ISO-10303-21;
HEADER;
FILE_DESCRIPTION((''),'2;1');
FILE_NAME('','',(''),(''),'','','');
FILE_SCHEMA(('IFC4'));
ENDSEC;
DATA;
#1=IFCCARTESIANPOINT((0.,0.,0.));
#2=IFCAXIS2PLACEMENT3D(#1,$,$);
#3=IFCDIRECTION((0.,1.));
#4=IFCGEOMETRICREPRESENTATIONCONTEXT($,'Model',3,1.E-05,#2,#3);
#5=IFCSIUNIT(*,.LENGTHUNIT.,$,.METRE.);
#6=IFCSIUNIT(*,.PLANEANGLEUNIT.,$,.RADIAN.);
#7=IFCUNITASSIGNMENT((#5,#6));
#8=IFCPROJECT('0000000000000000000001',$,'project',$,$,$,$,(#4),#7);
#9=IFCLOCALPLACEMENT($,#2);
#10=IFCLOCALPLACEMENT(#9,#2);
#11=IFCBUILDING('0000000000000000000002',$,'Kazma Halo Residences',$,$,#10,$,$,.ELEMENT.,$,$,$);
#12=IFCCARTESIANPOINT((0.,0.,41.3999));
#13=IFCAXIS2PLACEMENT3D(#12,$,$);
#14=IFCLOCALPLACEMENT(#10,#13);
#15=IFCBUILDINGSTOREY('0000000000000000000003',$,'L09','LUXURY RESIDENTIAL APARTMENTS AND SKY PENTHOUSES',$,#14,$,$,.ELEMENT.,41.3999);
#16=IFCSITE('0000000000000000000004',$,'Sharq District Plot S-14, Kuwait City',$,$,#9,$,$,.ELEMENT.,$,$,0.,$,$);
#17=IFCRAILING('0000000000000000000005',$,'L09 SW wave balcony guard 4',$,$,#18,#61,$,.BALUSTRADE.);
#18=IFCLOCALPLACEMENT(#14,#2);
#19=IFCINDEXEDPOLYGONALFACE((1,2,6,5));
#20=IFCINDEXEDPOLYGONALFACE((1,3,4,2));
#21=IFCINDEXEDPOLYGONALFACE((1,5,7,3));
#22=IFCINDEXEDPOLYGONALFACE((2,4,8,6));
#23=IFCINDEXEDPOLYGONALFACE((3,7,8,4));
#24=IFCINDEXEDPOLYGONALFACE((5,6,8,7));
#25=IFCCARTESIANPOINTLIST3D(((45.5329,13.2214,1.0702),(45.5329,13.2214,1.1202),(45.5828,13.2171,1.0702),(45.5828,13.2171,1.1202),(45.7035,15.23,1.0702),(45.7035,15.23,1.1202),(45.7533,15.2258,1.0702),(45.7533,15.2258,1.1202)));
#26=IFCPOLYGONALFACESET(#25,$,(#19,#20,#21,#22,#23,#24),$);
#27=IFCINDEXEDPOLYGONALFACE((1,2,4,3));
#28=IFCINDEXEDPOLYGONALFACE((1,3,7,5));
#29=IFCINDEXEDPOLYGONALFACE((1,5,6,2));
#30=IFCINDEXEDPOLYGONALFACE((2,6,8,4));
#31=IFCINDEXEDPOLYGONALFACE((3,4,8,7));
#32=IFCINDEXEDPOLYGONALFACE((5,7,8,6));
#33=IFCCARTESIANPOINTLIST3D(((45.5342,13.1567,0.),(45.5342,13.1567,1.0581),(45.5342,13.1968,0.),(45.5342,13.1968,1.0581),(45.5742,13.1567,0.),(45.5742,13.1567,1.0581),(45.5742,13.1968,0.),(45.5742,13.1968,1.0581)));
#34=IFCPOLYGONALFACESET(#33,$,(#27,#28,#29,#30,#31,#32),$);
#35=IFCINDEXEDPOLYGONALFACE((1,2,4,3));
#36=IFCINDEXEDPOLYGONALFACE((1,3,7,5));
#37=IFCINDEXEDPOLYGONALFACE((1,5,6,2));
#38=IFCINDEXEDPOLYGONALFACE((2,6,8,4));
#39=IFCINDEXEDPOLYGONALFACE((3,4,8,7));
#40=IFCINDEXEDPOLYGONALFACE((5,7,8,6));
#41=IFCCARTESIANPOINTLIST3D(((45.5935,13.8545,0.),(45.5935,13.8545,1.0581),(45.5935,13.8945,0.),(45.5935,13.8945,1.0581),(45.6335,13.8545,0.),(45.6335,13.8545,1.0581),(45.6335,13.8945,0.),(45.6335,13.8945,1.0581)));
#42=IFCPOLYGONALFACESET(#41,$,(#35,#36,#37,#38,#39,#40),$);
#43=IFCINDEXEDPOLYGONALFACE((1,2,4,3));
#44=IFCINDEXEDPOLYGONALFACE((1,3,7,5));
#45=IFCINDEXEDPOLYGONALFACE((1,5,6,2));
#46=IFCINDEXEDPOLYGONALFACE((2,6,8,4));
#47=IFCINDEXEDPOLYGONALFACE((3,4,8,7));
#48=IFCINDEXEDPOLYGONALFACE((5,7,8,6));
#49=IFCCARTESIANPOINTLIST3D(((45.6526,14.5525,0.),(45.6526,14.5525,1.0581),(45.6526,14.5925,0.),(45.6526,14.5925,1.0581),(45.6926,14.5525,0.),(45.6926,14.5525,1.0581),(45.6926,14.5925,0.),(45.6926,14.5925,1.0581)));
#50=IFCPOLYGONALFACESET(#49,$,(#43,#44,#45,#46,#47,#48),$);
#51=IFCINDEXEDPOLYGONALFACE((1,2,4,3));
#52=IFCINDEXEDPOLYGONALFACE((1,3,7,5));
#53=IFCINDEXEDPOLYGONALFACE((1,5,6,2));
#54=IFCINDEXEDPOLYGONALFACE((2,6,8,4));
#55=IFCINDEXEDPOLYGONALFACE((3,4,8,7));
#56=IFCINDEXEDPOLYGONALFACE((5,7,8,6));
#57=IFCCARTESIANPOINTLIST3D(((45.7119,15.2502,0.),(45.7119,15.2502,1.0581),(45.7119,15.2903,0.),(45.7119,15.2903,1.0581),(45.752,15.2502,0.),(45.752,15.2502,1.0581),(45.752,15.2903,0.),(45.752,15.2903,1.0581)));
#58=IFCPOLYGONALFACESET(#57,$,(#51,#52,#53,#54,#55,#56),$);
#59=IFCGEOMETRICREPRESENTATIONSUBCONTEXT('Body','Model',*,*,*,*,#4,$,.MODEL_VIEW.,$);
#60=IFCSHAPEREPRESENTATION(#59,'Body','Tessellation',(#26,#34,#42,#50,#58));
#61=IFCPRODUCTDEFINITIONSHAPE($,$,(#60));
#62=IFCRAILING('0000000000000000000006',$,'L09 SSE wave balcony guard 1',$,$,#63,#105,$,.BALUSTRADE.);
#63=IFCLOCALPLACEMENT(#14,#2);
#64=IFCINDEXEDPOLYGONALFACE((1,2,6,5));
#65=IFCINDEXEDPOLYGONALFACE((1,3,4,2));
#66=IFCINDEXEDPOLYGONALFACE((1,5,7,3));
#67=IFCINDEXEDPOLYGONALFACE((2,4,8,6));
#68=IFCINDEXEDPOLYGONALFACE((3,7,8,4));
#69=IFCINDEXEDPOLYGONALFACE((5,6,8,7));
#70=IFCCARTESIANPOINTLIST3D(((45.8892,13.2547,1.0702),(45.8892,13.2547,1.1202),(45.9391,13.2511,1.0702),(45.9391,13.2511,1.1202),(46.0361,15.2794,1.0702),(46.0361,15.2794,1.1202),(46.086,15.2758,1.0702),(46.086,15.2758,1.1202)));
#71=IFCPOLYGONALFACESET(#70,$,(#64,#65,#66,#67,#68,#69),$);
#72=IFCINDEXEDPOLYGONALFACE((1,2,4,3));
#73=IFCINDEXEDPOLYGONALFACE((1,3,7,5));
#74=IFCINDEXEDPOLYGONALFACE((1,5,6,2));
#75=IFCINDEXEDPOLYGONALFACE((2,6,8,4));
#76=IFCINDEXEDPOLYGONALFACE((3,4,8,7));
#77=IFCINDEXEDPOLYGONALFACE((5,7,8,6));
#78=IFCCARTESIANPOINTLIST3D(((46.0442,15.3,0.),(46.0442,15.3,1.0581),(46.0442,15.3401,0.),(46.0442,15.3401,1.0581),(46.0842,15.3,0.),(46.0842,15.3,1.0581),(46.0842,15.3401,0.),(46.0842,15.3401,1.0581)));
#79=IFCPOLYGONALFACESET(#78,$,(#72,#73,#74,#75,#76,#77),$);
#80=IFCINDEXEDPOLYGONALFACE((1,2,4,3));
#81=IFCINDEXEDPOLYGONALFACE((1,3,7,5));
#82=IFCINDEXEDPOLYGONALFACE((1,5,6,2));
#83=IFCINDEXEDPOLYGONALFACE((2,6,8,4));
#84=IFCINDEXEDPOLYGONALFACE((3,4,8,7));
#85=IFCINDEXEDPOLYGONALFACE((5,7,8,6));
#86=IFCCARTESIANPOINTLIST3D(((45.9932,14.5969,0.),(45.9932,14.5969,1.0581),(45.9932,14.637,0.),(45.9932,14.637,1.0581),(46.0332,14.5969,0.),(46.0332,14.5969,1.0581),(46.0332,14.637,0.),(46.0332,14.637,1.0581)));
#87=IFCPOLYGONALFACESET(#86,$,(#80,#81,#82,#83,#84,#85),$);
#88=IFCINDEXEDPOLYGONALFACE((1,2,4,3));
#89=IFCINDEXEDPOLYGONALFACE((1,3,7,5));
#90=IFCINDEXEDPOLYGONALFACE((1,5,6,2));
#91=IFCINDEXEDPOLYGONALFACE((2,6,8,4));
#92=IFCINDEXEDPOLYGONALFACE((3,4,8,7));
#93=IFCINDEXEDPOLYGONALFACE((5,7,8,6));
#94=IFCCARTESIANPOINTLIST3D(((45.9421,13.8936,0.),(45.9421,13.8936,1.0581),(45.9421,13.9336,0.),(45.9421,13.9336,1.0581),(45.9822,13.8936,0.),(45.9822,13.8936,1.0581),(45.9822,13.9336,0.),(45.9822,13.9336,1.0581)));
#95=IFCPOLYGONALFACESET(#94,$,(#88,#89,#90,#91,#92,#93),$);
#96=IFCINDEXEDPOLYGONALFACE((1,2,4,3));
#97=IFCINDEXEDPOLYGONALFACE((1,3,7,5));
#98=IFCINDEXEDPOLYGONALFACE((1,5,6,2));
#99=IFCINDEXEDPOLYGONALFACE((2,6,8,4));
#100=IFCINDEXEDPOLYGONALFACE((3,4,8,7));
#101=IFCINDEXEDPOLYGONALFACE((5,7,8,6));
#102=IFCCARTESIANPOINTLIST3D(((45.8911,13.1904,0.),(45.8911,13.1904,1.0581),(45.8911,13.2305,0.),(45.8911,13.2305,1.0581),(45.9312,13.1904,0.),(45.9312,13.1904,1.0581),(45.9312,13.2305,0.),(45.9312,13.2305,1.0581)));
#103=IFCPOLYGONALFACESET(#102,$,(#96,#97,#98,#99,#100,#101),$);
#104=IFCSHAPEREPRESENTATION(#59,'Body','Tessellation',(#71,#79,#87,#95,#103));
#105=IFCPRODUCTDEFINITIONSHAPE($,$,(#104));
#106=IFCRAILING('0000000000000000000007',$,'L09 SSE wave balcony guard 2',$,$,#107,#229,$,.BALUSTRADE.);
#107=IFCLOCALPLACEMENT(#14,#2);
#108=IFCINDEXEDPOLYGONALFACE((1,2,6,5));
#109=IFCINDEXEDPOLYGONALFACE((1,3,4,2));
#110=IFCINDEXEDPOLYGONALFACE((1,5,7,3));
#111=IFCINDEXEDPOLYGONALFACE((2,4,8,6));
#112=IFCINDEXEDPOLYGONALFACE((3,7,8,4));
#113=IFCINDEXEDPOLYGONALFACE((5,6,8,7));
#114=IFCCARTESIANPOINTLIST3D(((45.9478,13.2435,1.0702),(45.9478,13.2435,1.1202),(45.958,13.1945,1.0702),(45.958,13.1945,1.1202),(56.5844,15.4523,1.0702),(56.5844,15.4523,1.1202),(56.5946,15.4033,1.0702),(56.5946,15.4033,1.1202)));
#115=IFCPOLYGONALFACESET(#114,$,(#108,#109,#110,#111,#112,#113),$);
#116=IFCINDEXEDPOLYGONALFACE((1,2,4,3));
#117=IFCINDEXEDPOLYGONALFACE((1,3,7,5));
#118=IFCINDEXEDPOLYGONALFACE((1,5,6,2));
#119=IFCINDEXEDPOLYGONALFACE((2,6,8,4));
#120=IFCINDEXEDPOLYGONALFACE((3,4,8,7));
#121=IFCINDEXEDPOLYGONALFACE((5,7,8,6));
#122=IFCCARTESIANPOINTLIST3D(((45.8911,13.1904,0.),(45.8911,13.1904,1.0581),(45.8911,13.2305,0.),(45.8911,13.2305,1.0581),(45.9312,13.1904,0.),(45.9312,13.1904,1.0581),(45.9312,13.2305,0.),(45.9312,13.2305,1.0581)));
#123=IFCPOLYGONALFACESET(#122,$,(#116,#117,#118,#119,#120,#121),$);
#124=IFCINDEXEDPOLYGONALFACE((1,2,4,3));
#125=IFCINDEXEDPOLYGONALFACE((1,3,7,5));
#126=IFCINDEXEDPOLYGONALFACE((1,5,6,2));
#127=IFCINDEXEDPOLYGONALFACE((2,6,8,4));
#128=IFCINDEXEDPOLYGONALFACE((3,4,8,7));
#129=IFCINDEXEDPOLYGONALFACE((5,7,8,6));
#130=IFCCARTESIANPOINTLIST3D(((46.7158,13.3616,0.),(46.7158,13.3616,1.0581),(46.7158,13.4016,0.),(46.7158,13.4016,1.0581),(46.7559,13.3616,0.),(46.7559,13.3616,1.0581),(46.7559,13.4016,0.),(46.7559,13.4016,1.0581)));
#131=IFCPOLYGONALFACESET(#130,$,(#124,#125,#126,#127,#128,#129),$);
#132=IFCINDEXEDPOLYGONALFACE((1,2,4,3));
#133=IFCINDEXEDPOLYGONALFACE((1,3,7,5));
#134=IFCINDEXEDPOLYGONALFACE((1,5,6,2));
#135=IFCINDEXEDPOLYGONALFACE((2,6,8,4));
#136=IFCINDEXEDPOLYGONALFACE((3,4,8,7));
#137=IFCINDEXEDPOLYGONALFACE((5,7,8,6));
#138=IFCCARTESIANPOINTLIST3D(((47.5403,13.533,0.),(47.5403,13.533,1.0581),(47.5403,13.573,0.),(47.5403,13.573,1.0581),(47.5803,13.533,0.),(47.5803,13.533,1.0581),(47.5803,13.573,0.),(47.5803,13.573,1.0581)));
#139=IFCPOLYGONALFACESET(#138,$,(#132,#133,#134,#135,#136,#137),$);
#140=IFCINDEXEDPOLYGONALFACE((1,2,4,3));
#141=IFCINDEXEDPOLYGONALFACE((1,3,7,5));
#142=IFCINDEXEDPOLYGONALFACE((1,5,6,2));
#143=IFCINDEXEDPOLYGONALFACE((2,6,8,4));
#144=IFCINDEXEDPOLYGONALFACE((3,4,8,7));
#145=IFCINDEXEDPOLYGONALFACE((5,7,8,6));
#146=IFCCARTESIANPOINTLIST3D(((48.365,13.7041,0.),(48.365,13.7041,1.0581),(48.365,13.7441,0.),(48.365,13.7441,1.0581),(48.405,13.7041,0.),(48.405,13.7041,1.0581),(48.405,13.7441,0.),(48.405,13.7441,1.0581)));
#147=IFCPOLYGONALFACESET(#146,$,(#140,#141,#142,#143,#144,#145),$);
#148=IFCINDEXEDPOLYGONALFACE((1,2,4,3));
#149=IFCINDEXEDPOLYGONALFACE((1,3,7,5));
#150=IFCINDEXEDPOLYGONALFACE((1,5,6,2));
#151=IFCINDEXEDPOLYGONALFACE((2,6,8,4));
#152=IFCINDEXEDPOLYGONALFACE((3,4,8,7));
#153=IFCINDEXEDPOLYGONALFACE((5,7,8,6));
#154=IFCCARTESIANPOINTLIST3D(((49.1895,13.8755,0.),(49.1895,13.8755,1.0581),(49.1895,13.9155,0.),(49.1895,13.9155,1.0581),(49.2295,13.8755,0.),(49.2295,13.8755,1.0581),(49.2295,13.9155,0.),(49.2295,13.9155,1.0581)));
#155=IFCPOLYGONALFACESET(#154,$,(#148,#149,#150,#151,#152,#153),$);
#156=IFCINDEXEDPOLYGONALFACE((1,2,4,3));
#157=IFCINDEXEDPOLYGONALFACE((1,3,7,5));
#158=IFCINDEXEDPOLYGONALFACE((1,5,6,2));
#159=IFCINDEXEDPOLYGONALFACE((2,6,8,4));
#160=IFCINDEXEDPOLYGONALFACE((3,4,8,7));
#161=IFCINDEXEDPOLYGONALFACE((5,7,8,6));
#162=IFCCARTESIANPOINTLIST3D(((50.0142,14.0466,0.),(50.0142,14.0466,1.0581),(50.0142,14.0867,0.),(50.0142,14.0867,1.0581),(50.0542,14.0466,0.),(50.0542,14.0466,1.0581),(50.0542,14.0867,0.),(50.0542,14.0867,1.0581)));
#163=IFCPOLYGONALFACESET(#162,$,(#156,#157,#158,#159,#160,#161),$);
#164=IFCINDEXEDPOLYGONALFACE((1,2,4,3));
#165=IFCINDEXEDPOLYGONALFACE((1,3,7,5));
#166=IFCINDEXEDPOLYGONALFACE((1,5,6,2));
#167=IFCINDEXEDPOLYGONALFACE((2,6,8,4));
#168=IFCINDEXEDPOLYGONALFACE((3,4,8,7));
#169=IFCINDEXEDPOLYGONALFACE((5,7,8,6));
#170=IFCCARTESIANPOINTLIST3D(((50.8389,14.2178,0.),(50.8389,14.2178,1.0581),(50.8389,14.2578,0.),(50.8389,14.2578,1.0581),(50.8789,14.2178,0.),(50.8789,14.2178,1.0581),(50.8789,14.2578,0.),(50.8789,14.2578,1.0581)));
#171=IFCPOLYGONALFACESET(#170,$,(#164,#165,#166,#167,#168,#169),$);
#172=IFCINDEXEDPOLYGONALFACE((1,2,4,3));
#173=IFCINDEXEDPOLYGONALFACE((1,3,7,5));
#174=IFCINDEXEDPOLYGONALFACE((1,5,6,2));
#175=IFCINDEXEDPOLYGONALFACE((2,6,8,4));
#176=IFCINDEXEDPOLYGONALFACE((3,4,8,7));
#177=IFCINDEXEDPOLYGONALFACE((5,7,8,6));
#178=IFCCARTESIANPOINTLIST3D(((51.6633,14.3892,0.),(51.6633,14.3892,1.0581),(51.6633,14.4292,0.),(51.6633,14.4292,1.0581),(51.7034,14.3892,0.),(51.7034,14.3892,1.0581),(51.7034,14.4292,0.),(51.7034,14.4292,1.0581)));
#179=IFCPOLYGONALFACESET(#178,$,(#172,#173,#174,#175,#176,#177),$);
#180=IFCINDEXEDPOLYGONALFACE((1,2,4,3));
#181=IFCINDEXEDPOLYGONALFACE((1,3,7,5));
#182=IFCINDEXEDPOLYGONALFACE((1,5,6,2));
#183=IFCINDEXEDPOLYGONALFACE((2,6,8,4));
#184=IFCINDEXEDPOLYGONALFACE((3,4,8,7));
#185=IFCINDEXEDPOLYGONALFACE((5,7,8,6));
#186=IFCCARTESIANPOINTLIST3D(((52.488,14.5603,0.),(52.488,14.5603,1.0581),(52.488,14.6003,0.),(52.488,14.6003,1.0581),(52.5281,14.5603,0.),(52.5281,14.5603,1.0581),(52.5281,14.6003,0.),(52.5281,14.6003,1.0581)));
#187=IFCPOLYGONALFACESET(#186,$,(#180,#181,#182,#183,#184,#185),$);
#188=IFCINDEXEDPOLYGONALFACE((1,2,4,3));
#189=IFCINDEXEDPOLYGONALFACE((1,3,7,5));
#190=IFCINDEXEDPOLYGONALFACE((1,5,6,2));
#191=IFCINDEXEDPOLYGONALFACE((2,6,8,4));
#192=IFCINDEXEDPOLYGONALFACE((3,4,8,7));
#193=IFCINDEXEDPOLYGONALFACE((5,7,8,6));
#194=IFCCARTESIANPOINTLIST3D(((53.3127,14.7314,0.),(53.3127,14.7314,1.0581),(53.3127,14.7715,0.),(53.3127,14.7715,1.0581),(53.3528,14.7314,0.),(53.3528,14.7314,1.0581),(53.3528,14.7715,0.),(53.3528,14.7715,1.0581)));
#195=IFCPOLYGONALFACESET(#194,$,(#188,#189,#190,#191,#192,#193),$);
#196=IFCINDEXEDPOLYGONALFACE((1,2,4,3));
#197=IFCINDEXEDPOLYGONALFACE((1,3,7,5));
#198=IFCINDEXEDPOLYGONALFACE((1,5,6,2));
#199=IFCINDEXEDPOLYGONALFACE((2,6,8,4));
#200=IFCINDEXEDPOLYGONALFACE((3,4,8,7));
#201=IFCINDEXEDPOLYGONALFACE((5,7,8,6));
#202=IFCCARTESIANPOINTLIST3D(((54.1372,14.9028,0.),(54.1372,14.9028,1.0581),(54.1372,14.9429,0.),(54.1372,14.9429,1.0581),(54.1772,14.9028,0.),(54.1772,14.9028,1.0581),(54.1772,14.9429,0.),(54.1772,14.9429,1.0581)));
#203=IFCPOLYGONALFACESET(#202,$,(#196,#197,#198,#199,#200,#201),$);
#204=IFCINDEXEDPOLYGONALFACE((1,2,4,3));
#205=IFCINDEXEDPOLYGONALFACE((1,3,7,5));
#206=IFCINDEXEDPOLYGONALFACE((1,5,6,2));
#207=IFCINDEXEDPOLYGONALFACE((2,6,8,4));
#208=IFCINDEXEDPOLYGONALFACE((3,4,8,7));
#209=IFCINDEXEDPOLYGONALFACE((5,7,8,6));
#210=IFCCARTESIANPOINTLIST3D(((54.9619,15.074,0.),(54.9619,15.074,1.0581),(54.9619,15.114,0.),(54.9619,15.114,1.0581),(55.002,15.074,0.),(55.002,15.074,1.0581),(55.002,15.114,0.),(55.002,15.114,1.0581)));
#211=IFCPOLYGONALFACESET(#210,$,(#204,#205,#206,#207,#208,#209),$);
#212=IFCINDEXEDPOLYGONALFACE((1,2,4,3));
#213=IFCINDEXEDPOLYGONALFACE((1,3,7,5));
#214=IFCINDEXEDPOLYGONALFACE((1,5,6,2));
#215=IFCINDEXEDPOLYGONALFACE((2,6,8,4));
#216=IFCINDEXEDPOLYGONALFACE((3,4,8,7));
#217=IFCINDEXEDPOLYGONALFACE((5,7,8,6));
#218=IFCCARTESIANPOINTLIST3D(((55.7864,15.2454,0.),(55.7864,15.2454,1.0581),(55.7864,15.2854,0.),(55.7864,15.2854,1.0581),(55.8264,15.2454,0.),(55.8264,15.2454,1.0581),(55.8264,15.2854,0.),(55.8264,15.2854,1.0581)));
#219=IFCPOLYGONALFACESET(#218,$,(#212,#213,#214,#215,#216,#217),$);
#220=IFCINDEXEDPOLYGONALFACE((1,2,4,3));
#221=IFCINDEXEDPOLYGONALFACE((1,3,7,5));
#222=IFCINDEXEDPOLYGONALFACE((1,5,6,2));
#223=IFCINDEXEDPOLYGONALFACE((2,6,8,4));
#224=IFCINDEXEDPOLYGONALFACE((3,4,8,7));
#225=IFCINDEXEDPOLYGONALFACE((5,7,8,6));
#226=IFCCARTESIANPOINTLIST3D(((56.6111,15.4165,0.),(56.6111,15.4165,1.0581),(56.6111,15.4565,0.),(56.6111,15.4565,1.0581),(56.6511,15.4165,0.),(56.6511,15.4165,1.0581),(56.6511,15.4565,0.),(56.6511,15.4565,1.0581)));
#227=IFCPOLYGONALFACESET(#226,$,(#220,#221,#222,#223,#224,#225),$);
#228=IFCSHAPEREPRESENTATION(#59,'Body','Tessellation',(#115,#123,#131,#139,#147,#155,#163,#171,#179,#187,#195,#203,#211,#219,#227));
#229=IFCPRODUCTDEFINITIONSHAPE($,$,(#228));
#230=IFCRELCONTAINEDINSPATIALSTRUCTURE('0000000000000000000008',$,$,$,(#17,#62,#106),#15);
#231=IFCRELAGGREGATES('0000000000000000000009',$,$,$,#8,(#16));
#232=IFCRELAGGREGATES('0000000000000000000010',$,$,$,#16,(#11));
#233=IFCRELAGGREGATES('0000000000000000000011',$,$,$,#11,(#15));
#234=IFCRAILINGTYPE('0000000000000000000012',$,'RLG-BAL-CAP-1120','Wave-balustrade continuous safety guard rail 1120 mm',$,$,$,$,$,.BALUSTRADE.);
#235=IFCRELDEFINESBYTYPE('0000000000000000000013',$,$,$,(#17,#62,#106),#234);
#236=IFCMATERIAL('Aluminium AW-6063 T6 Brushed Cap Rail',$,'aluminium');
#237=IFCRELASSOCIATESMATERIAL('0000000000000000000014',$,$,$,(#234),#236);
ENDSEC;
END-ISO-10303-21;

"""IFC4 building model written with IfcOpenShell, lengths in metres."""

from ifc_helpers import new_model, si_unit, direction, frame, origin, origin_2d, place, context, subcontext, project, spatial, rectangle, extrude, material, type_object, element, save


model = new_model("IFC4")

# Units and contexts
model_context = context("Model", 3, precision=1e-05, world=origin(), true_north=direction((0.0, 1.0)))
body_context = subcontext(model_context, "Body", "Model", "MODEL_VIEW")
ifc_project = project(units=[si_unit("LENGTHUNIT", "METRE"), si_unit("PLANEANGLEUNIT", "RADIAN")], contexts=[model_context])

# Site, building, storey
site_placement = place(None, origin())
site = spatial("IfcSite", under=ifc_project, at=site_placement, Name="Sharq District Plot S-14, Kuwait City", CompositionType="ELEMENT", RefElevation=0.0)
building_placement = place(site_placement, origin())
building = spatial("IfcBuilding", under=site, at=building_placement, Name="Kazma Halo Residences", CompositionType="ELEMENT")
storey_placement = place(building_placement, frame((0.0, 0.0, 41.3999)))
storey = spatial("IfcBuildingStorey", under=building, at=storey_placement, Name="L09", Description="LUXURY RESIDENTIAL APARTMENTS AND SKY PENTHOUSES", CompositionType="ELEMENT", Elevation=41.3999)

# Railings
ifc_material_1 = material(Name="Aluminium AW-6063 T6 Brushed Cap Rail", Category="aluminium")
railing_type = type_object("IfcRailingType", Name="RLG-BAL-CAP-1120", Description="Wave-balustrade continuous safety guard rail 1120 mm", PredefinedType="BALUSTRADE", material=ifc_material_1)
railing_1_placement = place(storey_placement, frame((45.5542, 13.1768, 0.0)))
element("IfcRailing", 1, at=railing_1_placement, inside=storey, type_object=railing_type, Name="L09 SW wave balcony guard 4", PredefinedType="BALUSTRADE", context=body_context, shape_type="SweptSolid", body=[
    extrude(rectangle(XDim=0.05, YDim=0.05, at=origin_2d()), frame((0.0037, 0.0425, 1.0952), z_axis=(0.084594, 0.996416, 0.0), x_axis=(-0.996416, 0.084594, 0.0)), (0.0, 0.0, 1.0), 2.0159),
    extrude(rectangle(XDim=0.04, YDim=0.04, at=origin_2d()), origin(), (0.0, 0.0, 1.0), 1.0581),
    extrude(rectangle(XDim=0.04, YDim=0.04, at=origin_2d()), frame((0.0593, 0.6978, 0.0)), (0.0, 0.0, 1.0), 1.0581),
    extrude(rectangle(XDim=0.04, YDim=0.04, at=origin_2d()), frame((0.1184, 1.3958, 0.0)), (0.0, 0.0, 1.0), 1.0581),
    extrude(rectangle(XDim=0.04, YDim=0.04, at=origin_2d()), frame((0.1777, 2.0935, 0.0)), (0.0, 0.0, 1.0), 1.0581),
])
railing_2_placement = place(storey_placement, frame((46.0642, 15.3201, 0.0)))
element("IfcRailing", 2, at=railing_2_placement, inside=storey, type_object=railing_type, Name="L09 SSE wave balcony guard 1", PredefinedType="BALUSTRADE", context=body_context, shape_type="SweptSolid", body=[
    extrude(rectangle(XDim=0.05, YDim=0.05, at=origin_2d()), frame((-0.0032, -0.0425, 1.0952), z_axis=(-0.072371, -0.997378, 0.0), x_axis=(0.997378, -0.072371, 0.0)), (0.0, 0.0, 1.0), 2.03),
    extrude(rectangle(XDim=0.04, YDim=0.04, at=origin_2d()), origin(), (0.0, 0.0, 1.0), 1.0581),
    extrude(rectangle(XDim=0.04, YDim=0.04, at=origin_2d()), frame((-0.051, -0.7031, 0.0)), (0.0, 0.0, 1.0), 1.0581),
    extrude(rectangle(XDim=0.04, YDim=0.04, at=origin_2d()), frame((-0.1021, -1.4065, 0.0)), (0.0, 0.0, 1.0), 1.0581),
    extrude(rectangle(XDim=0.04, YDim=0.04, at=origin_2d()), frame((-0.1531, -2.1096, 0.0)), (0.0, 0.0, 1.0), 1.0581),
])
railing_3_placement = place(storey_placement, frame((45.9111, 13.2104, 0.0)))
element("IfcRailing", 3, at=railing_3_placement, inside=storey, type_object=railing_type, Name="L09 SSE wave balcony guard 2", PredefinedType="BALUSTRADE", context=body_context, shape_type="SweptSolid", body=[
    extrude(rectangle(XDim=0.05, YDim=0.05, at=origin_2d()), frame((0.0417, 0.0085, 1.0952), z_axis=(0.979112, 0.203319, 0.0), x_axis=(-0.203319, 0.979112, 0.0)), (0.0, 0.0, 1.0), 10.8635),
    extrude(rectangle(XDim=0.04, YDim=0.04, at=origin_2d()), origin(), (0.0, 0.0, 1.0), 1.0581),
    extrude(rectangle(XDim=0.04, YDim=0.04, at=origin_2d()), frame((0.8247, 0.1711, 0.0)), (0.0, 0.0, 1.0), 1.0581),
    extrude(rectangle(XDim=0.04, YDim=0.04, at=origin_2d()), frame((1.6492, 0.3425, 0.0)), (0.0, 0.0, 1.0), 1.0581),
    extrude(rectangle(XDim=0.04, YDim=0.04, at=origin_2d()), frame((2.4739, 0.5137, 0.0)), (0.0, 0.0, 1.0), 1.0581),
    extrude(rectangle(XDim=0.04, YDim=0.04, at=origin_2d()), frame((3.2983, 0.6851, 0.0)), (0.0, 0.0, 1.0), 1.0581),
    extrude(rectangle(XDim=0.04, YDim=0.04, at=origin_2d()), frame((4.123, 0.8562, 0.0)), (0.0, 0.0, 1.0), 1.0581),
    extrude(rectangle(XDim=0.04, YDim=0.04, at=origin_2d()), frame((4.9478, 1.0273, 0.0)), (0.0, 0.0, 1.0), 1.0581),
    extrude(rectangle(XDim=0.04, YDim=0.04, at=origin_2d()), frame((5.7722, 1.1987, 0.0)), (0.0, 0.0, 1.0), 1.0581),
    extrude(rectangle(XDim=0.04, YDim=0.04, at=origin_2d()), frame((6.5969, 1.3699, 0.0)), (0.0, 0.0, 1.0), 1.0581),
    extrude(rectangle(XDim=0.04, YDim=0.04, at=origin_2d()), frame((7.4216, 1.541, 0.0)), (0.0, 0.0, 1.0), 1.0581),
    extrude(rectangle(XDim=0.04, YDim=0.04, at=origin_2d()), frame((8.2461, 1.7124, 0.0)), (0.0, 0.0, 1.0), 1.0581),
    extrude(rectangle(XDim=0.04, YDim=0.04, at=origin_2d()), frame((9.0708, 1.8835, 0.0)), (0.0, 0.0, 1.0), 1.0581),
    extrude(rectangle(XDim=0.04, YDim=0.04, at=origin_2d()), frame((9.8953, 2.0549, 0.0)), (0.0, 0.0, 1.0), 1.0581),
    extrude(rectangle(XDim=0.04, YDim=0.04, at=origin_2d()), frame((10.72, 2.2261, 0.0)), (0.0, 0.0, 1.0), 1.0581),
])

save(model, "model.ifc")
